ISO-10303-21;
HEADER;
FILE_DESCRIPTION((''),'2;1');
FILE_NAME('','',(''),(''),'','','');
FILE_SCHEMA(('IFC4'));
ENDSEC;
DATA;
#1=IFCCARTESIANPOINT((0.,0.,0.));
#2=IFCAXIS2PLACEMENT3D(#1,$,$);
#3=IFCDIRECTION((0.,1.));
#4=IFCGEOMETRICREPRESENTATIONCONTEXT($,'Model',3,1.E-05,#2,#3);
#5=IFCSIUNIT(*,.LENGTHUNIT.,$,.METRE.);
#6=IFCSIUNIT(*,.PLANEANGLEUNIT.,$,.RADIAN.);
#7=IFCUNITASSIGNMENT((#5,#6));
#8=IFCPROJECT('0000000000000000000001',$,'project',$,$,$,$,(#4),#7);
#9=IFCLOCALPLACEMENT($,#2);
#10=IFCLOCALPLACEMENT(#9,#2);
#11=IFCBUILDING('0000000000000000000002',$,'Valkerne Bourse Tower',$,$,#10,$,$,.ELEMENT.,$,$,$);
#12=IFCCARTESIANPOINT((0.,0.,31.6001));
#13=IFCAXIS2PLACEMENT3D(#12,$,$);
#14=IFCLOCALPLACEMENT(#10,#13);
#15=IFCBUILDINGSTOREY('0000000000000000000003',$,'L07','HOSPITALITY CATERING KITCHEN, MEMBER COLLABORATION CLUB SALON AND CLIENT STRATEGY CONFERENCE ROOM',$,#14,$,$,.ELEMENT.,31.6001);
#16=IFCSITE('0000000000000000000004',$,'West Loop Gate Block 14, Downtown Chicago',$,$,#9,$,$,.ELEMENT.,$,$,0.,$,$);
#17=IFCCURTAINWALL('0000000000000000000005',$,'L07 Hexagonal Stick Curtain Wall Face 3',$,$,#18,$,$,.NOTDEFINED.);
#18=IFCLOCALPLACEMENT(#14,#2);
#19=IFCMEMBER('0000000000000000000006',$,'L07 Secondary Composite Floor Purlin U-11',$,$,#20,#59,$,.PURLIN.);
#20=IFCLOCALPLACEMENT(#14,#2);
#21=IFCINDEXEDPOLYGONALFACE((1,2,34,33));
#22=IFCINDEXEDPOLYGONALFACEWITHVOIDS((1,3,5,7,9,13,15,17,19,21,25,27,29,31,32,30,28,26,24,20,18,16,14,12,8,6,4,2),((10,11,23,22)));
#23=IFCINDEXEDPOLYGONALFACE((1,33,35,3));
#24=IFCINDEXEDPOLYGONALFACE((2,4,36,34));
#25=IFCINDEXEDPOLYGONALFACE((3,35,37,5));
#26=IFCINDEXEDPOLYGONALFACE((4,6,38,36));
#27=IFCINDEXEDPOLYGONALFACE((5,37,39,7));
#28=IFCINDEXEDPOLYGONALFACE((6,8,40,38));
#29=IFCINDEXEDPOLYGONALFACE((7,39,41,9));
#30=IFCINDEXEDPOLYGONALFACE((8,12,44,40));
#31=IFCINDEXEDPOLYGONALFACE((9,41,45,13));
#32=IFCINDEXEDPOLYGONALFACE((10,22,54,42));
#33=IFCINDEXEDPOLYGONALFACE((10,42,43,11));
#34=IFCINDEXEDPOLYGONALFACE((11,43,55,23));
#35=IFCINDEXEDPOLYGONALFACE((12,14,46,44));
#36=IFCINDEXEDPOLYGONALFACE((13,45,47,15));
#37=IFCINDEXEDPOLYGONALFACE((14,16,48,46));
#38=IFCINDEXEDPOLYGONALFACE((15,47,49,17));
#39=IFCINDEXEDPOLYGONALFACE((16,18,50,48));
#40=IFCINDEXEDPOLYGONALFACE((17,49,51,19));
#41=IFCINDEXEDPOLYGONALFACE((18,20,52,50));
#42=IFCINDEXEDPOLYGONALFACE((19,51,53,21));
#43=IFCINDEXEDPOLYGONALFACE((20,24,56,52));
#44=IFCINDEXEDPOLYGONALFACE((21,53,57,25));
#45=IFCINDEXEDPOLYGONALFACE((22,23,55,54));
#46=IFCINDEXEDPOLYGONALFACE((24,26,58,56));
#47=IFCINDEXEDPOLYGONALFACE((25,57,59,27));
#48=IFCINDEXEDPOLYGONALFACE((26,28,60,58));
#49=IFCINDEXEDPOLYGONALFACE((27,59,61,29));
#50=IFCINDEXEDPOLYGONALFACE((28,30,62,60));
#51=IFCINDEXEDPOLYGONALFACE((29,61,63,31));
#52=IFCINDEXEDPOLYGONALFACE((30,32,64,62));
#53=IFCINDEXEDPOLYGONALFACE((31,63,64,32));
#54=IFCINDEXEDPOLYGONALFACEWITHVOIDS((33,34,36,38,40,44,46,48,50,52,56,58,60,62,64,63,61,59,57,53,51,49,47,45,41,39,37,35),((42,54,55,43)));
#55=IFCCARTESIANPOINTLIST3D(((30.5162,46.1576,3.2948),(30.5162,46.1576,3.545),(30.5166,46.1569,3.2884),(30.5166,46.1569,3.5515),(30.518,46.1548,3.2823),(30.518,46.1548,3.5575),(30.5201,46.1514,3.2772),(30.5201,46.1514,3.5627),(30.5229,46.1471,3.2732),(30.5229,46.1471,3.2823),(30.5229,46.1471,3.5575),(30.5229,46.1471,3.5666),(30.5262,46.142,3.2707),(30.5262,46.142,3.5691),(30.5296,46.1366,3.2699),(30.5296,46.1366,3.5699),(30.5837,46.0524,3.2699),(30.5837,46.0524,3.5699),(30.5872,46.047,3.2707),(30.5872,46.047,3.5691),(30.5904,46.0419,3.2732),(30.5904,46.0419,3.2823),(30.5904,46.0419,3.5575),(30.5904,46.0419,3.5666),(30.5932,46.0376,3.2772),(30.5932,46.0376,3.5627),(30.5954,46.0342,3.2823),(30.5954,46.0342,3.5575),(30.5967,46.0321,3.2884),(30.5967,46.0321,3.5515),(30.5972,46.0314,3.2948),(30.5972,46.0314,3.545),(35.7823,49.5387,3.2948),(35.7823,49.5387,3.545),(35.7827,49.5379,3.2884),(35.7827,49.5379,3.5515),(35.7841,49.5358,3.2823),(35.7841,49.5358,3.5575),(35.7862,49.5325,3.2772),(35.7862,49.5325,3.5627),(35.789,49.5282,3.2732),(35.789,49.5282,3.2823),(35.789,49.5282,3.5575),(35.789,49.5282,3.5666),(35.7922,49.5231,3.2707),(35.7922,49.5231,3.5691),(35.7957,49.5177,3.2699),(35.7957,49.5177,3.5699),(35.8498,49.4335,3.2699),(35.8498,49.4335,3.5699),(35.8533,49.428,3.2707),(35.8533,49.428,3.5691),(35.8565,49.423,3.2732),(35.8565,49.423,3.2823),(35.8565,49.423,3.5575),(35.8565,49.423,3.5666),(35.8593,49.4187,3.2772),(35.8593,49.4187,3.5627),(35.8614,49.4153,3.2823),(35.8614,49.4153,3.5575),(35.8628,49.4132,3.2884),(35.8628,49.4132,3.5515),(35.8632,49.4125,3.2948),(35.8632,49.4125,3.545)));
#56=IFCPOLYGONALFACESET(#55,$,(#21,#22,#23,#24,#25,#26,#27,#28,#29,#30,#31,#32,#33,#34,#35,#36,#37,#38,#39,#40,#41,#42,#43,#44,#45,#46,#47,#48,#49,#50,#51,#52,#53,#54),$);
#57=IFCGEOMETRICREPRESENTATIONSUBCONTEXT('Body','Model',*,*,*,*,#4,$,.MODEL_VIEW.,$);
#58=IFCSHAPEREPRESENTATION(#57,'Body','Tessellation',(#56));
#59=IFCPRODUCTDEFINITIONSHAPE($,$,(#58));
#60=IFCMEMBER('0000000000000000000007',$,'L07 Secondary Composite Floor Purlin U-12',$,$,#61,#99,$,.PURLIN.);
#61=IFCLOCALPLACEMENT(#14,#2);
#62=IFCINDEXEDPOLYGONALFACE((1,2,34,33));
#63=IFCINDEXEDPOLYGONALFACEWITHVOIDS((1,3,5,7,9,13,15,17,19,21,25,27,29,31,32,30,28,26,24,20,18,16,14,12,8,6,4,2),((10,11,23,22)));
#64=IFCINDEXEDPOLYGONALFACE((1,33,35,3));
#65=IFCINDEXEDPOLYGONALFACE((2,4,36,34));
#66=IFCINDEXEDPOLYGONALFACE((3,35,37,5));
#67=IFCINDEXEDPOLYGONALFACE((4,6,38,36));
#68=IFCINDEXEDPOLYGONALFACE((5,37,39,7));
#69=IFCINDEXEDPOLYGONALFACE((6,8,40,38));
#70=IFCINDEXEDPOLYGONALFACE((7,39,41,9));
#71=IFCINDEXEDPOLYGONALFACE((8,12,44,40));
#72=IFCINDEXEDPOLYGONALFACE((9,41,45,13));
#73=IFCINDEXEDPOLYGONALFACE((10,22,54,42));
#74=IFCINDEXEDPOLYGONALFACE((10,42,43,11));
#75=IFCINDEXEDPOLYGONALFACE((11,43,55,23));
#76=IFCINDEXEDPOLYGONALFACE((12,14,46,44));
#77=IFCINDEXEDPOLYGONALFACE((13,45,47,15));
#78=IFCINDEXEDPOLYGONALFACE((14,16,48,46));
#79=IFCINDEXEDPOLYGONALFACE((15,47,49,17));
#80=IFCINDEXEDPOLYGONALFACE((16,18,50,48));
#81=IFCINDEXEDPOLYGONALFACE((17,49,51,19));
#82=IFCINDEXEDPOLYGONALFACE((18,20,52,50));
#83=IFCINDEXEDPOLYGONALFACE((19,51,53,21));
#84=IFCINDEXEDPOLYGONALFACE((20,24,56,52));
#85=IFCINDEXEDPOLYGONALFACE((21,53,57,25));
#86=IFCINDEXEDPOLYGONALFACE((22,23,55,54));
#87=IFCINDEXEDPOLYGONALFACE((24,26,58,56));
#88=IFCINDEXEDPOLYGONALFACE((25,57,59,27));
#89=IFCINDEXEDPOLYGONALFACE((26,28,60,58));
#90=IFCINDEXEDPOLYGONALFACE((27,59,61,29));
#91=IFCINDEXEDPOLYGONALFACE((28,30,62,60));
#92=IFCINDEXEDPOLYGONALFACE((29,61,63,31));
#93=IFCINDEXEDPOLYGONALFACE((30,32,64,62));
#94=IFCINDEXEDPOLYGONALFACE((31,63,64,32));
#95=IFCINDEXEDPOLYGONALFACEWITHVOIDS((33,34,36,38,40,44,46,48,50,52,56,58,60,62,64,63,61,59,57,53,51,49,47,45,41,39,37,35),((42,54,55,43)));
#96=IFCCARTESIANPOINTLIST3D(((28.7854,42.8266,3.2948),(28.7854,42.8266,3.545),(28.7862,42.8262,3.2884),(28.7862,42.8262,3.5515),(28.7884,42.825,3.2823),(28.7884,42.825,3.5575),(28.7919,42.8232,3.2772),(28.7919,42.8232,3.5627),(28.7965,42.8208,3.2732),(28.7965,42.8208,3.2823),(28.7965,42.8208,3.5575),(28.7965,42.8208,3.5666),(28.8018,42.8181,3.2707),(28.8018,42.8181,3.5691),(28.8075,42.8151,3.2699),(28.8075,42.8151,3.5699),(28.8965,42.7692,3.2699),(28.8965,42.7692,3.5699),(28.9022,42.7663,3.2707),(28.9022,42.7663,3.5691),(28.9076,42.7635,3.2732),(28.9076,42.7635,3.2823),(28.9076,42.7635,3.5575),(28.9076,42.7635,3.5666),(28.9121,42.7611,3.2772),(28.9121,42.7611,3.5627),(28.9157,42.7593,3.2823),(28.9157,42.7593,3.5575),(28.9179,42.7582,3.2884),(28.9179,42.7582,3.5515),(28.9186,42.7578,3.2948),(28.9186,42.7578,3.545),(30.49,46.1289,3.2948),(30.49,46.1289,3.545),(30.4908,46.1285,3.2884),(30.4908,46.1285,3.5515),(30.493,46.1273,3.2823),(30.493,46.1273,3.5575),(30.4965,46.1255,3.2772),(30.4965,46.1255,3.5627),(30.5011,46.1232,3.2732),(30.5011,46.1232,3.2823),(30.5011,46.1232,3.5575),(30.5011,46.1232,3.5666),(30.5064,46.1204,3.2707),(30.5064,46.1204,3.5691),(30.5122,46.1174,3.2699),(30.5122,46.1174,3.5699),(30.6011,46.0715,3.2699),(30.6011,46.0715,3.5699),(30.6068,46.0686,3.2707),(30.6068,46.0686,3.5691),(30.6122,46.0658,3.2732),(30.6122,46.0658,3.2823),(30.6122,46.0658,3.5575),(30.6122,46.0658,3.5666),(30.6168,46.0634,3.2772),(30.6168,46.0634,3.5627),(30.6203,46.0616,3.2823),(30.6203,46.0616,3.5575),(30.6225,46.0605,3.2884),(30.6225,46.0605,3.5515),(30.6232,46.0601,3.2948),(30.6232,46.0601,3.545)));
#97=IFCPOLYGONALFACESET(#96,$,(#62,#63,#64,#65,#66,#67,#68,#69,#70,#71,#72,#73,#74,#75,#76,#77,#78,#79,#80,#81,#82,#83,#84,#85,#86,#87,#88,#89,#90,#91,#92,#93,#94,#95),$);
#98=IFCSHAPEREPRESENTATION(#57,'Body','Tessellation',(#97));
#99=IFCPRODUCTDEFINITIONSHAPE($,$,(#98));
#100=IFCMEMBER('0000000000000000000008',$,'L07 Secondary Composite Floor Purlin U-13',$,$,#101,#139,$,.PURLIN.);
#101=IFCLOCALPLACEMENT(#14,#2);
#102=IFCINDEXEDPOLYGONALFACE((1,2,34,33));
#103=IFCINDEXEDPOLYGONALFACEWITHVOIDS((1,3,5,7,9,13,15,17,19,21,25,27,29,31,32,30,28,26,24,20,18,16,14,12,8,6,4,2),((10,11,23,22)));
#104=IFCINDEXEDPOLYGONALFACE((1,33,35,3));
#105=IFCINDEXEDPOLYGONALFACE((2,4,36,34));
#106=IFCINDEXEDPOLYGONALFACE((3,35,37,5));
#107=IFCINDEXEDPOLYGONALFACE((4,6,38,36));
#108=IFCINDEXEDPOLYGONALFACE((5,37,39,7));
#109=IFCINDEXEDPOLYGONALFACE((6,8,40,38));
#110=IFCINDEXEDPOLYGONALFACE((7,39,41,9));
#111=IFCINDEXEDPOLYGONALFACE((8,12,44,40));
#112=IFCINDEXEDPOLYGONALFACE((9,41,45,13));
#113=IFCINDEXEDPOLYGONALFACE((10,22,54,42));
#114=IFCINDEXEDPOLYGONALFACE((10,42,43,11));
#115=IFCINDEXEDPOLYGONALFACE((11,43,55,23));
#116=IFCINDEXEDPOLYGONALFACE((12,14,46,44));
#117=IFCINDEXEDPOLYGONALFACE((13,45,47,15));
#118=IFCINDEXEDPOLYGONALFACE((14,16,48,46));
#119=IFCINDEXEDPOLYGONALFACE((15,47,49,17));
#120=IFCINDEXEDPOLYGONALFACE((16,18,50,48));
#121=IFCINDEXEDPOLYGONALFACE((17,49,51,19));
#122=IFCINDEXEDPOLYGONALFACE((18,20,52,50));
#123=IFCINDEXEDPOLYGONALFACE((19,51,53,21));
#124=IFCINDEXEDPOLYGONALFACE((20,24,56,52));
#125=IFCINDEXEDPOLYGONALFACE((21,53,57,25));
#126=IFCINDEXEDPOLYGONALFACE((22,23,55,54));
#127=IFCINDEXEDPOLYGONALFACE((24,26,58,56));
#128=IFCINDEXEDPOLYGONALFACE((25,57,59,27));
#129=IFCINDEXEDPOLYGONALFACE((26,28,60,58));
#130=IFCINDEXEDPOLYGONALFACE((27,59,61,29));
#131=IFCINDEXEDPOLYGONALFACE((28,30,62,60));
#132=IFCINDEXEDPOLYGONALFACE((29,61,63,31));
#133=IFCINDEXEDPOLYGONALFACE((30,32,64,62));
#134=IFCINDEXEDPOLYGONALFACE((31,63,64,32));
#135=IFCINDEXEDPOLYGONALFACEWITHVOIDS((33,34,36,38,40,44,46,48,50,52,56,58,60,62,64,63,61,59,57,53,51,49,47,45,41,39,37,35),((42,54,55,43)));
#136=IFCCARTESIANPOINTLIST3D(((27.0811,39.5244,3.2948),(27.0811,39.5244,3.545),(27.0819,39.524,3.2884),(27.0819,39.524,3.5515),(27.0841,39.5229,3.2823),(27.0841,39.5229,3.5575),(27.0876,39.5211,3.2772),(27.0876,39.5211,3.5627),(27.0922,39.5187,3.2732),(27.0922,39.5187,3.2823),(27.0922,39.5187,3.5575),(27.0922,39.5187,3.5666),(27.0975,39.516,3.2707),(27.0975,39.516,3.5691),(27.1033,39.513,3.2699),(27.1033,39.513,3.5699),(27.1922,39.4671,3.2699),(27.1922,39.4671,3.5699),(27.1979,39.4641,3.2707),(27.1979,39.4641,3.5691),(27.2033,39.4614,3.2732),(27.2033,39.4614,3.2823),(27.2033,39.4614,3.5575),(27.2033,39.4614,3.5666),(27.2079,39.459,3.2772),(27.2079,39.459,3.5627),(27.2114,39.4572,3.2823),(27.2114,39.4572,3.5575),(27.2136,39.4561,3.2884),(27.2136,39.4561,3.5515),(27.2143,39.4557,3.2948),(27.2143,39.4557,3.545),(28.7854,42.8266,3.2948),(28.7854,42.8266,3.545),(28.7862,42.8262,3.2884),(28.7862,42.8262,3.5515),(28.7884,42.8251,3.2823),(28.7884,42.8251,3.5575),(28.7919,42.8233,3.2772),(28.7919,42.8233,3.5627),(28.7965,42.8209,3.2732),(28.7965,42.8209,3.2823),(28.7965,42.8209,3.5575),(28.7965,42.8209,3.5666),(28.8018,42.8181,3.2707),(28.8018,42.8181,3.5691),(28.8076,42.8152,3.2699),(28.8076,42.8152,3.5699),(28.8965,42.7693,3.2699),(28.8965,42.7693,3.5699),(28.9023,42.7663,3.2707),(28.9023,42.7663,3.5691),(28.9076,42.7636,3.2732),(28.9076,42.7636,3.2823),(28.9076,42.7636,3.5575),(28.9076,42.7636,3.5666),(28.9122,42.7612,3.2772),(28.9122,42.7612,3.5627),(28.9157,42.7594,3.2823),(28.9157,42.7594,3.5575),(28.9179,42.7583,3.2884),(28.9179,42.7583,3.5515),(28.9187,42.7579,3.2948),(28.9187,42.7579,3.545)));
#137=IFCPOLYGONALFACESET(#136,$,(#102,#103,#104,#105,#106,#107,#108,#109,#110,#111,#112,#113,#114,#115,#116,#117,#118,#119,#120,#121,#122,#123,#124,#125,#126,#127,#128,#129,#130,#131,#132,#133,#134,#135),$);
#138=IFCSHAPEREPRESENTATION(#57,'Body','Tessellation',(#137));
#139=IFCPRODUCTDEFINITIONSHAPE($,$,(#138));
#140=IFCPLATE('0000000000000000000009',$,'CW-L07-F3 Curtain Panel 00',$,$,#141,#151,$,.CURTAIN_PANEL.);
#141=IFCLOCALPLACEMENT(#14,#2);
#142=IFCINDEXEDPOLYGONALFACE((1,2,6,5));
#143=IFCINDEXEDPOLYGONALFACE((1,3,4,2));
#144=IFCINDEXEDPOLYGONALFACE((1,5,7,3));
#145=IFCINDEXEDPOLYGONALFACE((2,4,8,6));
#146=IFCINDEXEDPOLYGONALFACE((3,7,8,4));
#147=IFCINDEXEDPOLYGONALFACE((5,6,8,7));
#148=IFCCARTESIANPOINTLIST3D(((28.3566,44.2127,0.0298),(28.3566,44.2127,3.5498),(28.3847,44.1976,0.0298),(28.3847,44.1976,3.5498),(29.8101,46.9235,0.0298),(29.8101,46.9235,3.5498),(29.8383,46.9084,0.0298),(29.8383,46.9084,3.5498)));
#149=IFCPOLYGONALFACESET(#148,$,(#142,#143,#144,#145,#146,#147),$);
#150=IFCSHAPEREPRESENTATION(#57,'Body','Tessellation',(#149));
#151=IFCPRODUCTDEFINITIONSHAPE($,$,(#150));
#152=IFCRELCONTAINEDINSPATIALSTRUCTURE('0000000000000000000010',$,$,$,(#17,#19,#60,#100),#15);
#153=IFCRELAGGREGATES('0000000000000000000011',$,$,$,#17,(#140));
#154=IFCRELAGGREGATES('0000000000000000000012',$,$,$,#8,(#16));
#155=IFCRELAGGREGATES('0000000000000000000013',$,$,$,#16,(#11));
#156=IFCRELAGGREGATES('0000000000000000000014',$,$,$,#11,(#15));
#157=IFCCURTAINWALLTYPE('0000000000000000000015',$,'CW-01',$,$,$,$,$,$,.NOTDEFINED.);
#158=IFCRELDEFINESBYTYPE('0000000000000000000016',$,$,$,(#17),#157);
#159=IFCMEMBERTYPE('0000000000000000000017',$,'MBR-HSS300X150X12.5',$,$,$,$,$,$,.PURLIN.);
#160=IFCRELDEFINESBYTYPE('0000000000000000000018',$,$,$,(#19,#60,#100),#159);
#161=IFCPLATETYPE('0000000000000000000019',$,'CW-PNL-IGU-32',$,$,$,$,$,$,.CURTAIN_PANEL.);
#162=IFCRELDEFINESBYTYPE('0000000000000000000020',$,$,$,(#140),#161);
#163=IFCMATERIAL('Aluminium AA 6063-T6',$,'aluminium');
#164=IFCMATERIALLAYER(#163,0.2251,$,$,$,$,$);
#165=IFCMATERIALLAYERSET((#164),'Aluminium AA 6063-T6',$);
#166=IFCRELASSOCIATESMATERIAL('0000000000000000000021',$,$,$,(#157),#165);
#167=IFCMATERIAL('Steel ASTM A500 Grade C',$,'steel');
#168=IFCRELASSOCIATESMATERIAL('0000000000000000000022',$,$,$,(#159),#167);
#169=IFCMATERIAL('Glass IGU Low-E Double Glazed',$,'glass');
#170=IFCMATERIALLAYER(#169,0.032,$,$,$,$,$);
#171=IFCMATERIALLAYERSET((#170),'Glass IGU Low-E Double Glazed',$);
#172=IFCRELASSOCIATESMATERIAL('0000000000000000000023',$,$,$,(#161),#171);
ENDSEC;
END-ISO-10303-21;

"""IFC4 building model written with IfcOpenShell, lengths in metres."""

from ifc_helpers import new_model, si_unit, direction, frame, origin, origin_2d, place, context, subcontext, project, spatial, rectangle, hollow_rectangle, extrude, material, layer, layer_set, material_profile, profile_set, type_object, element, aggregate, save


model = new_model("IFC4")

# Units and contexts
model_context = context("Model", 3, precision=1e-05, world=origin(), true_north=direction((0.0, 1.0)))
body_context = subcontext(model_context, "Body", "Model", "MODEL_VIEW")
ifc_project = project(units=[si_unit("LENGTHUNIT", "METRE"), si_unit("PLANEANGLEUNIT", "RADIAN")], contexts=[model_context])

# Site, building, storey
site_placement = place(None, origin())
site = spatial("IfcSite", under=ifc_project, at=site_placement, Name="West Loop Gate Block 14, Downtown Chicago", CompositionType="ELEMENT", RefElevation=0.0)
building_placement = place(site_placement, origin())
building = spatial("IfcBuilding", under=site, at=building_placement, Name="Valkerne Bourse Tower", CompositionType="ELEMENT")
storey_placement = place(building_placement, frame((0.0, 0.0, 31.6001)))
storey = spatial("IfcBuildingStorey", under=building, at=storey_placement, Name="L07", Description="HOSPITALITY CATERING KITCHEN, MEMBER COLLABORATION CLUB SALON AND CLIENT STRATEGY CONFERENCE ROOM", CompositionType="ELEMENT", Elevation=31.6001)

# Shared definitions
ifc_material_1 = material(Name="Aluminium AA 6063-T6", Category="aluminium")
ifc_layer_1 = layer(ifc_material_1, 0.2251)
ifc_layer_set_1 = layer_set([ifc_layer_1], Name="Aluminium AA 6063-T6")
curtain_wall_type = type_object("IfcCurtainWallType", Name="CW-01", PredefinedType="NOTDEFINED", material=ifc_layer_set_1)

# Curtain wall
curtain_wall_1_placement = place(storey_placement, origin())
curtain_wall_1 = element("IfcCurtainWall", 1, at=curtain_wall_1_placement, inside=storey, type_object=curtain_wall_type, Name="L07 Hexagonal Stick Curtain Wall Face 3", PredefinedType="NOTDEFINED")

# Members
ifc_material_2 = material(Name="Steel ASTM A500 Grade C", Category="steel")
ifc_material_profile_1 = material_profile(ifc_material_2, hollow_rectangle(XDim=0.1499, YDim=0.3, WallThickness=0.0125, OuterFilletRadius=0.0249, at=origin_2d()), Name="HSS300X150X12.5")
ifc_profile_set_1 = profile_set([ifc_material_profile_1], Name="Steel ASTM A500 Grade C")
member_type_1 = type_object("IfcMemberType", Name="MBR-HSS300X150X12.5", PredefinedType="PURLIN", material=ifc_profile_set_1)
member_1_placement = place(storey_placement, frame((35.8228, 49.4756, 3.4199), z_axis=(-0.841488, -0.540276, 0.0), x_axis=(0.540276, -0.841488, 0.0)))
element("IfcMember", 2, at=member_1_placement, inside=storey, type_object=member_type_1, Name="L07 Secondary Composite Floor Purlin U-11", PredefinedType="PURLIN", context=body_context, shape_type="SweptSolid", body=[
    extrude(hollow_rectangle(XDim=0.1499, YDim=0.3, WallThickness=0.0125, OuterFilletRadius=0.0249, at=origin_2d()), origin(), (0.0, 0.0, 1.0), 6.2581),
])
member_2_placement = place(storey_placement, frame((30.5566, 46.0945, 3.4199), z_axis=(-0.458686, -0.888598, 0.0), x_axis=(0.888598, -0.458686, 0.0)))
element("IfcMember", 3, at=member_2_placement, inside=storey, type_object=member_type_1, Name="L07 Secondary Composite Floor Purlin U-12", PredefinedType="PURLIN", context=body_context, shape_type="SweptSolid", body=[
    extrude(hollow_rectangle(XDim=0.1499, YDim=0.3, WallThickness=0.0125, OuterFilletRadius=0.0249, at=origin_2d()), origin(), (0.0, 0.0, 1.0), 3.7163),
])
member_3_placement = place(storey_placement, frame((28.8521, 42.7922, 3.4199), z_axis=(-0.458635, -0.888625, 0.0), x_axis=(0.888625, -0.458635, 0.0)))
element("IfcMember", 4, at=member_3_placement, inside=storey, type_object=member_type_1, Name="L07 Secondary Composite Floor Purlin U-13", PredefinedType="PURLIN", context=body_context, shape_type="SweptSolid", body=[
    extrude(hollow_rectangle(XDim=0.1499, YDim=0.3, WallThickness=0.0125, OuterFilletRadius=0.0249, at=origin_2d()), origin(), (0.0, 0.0, 1.0), 3.7161),
])

# Plate
ifc_material_3 = material(Name="Glass IGU Low-E Double Glazed", Category="glass")
ifc_layer_2 = layer(ifc_material_3, 0.032)
ifc_layer_set_2 = layer_set([ifc_layer_2], Name="Glass IGU Low-E Double Glazed")
plate_type = type_object("IfcPlateType", Name="CW-PNL-IGU-32", PredefinedType="CURTAIN_PANEL", material=ifc_layer_set_2)
plate_placement = place(storey_placement, frame((29.0974, 45.5605, 0.0298), z_axis=(0.0, 0.0, 1.0), x_axis=(-0.472547, -0.881305, 0.0)))
plate = element("IfcPlate", 5, at=plate_placement, type_object=plate_type, Name="CW-L07-F3 Curtain Panel 00", PredefinedType="CURTAIN_PANEL", context=body_context, shape_type="SweptSolid", body=[
    extrude(rectangle(XDim=3.0759, YDim=0.032, at=origin_2d()), origin(), (0.0, 0.0, 1.0), 3.52),
])
aggregate(curtain_wall_1, [plate])

save(model, "model.ifc")
